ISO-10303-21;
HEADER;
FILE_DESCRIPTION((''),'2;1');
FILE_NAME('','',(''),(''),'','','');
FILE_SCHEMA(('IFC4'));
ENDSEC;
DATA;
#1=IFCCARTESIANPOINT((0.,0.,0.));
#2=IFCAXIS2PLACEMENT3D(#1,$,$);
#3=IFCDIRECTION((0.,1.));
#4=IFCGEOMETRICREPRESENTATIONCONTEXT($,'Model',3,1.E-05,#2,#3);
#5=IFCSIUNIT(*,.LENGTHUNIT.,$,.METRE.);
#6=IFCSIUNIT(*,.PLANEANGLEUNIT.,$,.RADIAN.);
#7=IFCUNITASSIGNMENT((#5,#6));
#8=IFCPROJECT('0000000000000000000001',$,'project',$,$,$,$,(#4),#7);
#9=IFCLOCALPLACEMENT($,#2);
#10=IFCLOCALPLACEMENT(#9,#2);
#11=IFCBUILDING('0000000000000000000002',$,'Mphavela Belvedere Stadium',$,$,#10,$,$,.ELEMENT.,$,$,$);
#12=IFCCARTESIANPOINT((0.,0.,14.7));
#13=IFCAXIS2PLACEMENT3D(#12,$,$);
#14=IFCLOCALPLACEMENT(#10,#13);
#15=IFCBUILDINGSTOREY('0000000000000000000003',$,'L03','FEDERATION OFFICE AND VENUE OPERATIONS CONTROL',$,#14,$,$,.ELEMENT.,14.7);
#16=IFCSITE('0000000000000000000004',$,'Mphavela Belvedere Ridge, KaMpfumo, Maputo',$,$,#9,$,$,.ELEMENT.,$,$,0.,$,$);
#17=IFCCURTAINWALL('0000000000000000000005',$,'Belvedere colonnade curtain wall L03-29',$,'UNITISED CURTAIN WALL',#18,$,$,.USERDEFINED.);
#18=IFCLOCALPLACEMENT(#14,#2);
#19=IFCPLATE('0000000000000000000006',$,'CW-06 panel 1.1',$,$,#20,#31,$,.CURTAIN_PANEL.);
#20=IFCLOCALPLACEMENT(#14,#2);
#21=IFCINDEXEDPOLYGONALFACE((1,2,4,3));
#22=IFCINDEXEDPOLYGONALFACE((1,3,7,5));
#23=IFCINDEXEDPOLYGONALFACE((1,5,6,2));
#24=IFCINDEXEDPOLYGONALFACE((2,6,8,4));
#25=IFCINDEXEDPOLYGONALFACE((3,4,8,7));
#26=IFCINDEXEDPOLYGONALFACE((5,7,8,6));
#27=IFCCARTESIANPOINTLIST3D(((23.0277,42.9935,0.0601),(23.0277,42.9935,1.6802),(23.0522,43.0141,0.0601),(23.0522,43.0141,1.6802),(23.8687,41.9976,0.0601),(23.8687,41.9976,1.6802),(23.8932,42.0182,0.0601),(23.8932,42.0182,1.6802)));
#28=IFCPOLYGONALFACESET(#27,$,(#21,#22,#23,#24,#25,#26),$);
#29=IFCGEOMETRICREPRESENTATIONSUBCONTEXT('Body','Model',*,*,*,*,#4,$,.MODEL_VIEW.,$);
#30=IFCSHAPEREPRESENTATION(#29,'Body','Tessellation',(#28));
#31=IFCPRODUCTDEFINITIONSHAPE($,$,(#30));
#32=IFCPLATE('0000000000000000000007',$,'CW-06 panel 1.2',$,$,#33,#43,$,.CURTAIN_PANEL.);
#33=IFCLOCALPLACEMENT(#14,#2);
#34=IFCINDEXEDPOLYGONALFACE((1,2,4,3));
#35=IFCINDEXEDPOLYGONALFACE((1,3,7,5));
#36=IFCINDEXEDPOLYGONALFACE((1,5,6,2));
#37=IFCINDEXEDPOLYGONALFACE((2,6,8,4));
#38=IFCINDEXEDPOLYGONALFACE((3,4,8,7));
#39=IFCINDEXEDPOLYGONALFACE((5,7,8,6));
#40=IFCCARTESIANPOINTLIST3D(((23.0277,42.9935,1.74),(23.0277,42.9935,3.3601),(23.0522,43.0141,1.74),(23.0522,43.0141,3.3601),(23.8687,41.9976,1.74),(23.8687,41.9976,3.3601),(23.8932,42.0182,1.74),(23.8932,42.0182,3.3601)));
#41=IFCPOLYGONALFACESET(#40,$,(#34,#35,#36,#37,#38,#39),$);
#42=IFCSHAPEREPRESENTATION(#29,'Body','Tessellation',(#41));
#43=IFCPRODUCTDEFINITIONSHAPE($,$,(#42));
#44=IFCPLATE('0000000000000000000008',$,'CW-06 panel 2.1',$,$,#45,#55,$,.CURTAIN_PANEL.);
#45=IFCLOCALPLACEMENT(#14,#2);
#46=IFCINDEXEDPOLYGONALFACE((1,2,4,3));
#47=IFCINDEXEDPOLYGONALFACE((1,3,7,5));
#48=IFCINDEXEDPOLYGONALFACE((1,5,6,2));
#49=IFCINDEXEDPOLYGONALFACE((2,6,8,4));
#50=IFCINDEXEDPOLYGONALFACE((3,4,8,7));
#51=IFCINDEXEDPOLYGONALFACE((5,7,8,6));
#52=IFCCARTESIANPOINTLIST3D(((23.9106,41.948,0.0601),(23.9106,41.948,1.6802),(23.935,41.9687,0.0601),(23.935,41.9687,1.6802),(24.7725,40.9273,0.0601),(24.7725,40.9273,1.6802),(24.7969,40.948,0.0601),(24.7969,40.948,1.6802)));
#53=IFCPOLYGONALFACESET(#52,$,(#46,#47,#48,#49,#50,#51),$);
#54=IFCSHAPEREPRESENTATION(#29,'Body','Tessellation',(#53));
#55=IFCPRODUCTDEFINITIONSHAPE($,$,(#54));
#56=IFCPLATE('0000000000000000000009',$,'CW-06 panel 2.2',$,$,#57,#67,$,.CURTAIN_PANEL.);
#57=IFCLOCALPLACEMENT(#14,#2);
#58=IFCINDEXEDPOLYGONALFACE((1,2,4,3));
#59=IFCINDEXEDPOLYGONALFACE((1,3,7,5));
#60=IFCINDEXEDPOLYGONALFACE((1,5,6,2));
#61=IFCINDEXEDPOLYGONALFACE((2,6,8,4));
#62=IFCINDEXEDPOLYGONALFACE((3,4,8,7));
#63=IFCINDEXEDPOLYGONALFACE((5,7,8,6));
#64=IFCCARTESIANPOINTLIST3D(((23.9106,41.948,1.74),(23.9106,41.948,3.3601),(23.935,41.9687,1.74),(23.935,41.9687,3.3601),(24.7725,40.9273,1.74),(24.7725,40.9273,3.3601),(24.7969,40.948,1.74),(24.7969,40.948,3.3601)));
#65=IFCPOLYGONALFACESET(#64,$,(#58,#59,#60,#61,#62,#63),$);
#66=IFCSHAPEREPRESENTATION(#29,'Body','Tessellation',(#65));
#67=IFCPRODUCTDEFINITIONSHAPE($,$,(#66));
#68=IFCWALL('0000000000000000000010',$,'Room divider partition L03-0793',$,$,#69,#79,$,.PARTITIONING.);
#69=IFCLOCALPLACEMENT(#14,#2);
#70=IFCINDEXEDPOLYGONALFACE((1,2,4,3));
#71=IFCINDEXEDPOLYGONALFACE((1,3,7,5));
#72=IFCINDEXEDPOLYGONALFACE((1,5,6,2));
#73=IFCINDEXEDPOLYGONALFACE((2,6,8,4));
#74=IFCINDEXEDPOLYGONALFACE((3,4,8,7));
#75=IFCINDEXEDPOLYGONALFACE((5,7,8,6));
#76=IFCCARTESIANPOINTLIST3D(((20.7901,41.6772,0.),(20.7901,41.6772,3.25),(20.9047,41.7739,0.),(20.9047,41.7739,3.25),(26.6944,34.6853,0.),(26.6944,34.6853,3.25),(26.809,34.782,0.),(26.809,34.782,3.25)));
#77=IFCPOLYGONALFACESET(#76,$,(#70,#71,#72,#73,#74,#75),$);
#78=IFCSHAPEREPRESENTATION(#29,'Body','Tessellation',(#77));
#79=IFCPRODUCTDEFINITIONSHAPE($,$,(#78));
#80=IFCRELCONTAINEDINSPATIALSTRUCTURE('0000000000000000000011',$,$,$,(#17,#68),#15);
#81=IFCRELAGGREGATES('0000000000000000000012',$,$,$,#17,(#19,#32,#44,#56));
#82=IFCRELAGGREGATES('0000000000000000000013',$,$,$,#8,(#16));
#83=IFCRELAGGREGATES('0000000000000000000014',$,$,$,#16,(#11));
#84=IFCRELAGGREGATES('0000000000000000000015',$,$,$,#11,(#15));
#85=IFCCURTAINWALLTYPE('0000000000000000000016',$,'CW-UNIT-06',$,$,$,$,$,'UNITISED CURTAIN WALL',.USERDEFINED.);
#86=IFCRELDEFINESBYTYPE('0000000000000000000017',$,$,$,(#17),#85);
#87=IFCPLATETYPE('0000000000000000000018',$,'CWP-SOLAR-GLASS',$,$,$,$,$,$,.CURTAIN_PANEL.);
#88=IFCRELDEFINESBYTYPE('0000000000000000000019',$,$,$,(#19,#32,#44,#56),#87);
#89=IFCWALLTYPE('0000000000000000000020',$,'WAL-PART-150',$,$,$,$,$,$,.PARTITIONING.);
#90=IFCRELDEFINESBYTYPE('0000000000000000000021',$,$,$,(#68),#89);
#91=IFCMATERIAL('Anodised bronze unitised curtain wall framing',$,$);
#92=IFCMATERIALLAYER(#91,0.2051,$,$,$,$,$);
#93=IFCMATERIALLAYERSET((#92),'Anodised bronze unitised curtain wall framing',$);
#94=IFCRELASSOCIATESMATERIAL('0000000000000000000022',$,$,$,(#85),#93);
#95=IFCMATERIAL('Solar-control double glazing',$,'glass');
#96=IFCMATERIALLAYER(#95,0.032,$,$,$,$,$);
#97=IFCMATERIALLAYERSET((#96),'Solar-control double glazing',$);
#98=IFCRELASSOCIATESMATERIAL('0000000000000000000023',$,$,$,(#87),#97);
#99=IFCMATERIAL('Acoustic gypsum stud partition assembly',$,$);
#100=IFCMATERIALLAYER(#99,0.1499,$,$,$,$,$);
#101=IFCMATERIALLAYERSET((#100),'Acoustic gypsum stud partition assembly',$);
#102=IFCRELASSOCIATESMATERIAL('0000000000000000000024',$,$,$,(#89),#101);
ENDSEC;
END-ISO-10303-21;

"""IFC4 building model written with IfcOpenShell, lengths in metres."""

from ifc_helpers import new_model, si_unit, direction, frame, frame_2d, origin, origin_2d, place, context, subcontext, project, spatial, rectangle, extrude, material, layer, layer_set, type_object, element, aggregate, save


model = new_model("IFC4")

# Units and contexts
model_context = context("Model", 3, precision=1e-05, world=origin(), true_north=direction((0.0, 1.0)))
body_context = subcontext(model_context, "Body", "Model", "MODEL_VIEW")
ifc_project = project(units=[si_unit("LENGTHUNIT", "METRE"), si_unit("PLANEANGLEUNIT", "RADIAN")], contexts=[model_context])

# Site, building, storey
site_placement = place(None, origin())
site = spatial("IfcSite", under=ifc_project, at=site_placement, Name="Mphavela Belvedere Ridge, KaMpfumo, Maputo", CompositionType="ELEMENT", RefElevation=0.0)
building_placement = place(site_placement, origin())
building = spatial("IfcBuilding", under=site, at=building_placement, Name="Mphavela Belvedere Stadium", CompositionType="ELEMENT")
storey_placement = place(building_placement, frame((0.0, 0.0, 14.7)))
storey = spatial("IfcBuildingStorey", under=building, at=storey_placement, Name="L03", Description="FEDERATION OFFICE AND VENUE OPERATIONS CONTROL", CompositionType="ELEMENT", Elevation=14.7)

# Curtain wall, plates
ifc_material_1 = material(Name="Anodised bronze unitised curtain wall framing")
ifc_layer_1 = layer(ifc_material_1, 0.2051)
ifc_layer_set_1 = layer_set([ifc_layer_1], Name="Anodised bronze unitised curtain wall framing")
curtain_wall_type = type_object("IfcCurtainWallType", Name="CW-UNIT-06", ElementType="UNITISED CURTAIN WALL", PredefinedType="USERDEFINED", material=ifc_layer_set_1)
curtain_wall_placement = place(storey_placement, origin())
curtain_wall = element("IfcCurtainWall", 1, at=curtain_wall_placement, inside=storey, type_object=curtain_wall_type, Name="Belvedere colonnade curtain wall L03-29", ObjectType="UNITISED CURTAIN WALL", PredefinedType="USERDEFINED")
ifc_material_2 = material(Name="Solar-control double glazing", Category="glass")
ifc_layer_2 = layer(ifc_material_2, 0.032)
ifc_layer_set_2 = layer_set([ifc_layer_2], Name="Solar-control double glazing")
plate_type = type_object("IfcPlateType", Name="CWP-SOLAR-GLASS", PredefinedType="CURTAIN_PANEL", material=ifc_layer_set_2)
plate_1_placement = place(storey_placement, frame((23.4604, 42.5059, 0.0601), z_axis=(0.0, 0.0, 1.0), x_axis=(0.645179, -0.764031, 0.0)))
plate_1 = element("IfcPlate", 2, at=plate_1_placement, type_object=plate_type, Name="CW-06 panel 1.1", PredefinedType="CURTAIN_PANEL", context=body_context, shape_type="SweptSolid", body=[
    extrude(rectangle(XDim=1.3035, YDim=0.032, at=origin_2d()), origin(), (0.0, 0.0, 1.0), 1.6201),
])
plate_2_placement = place(storey_placement, frame((23.4604, 42.5059, 1.74), z_axis=(0.0, 0.0, 1.0), x_axis=(0.645179, -0.764031, 0.0)))
plate_2 = element("IfcPlate", 3, at=plate_2_placement, type_object=plate_type, Name="CW-06 panel 1.2", PredefinedType="CURTAIN_PANEL", context=body_context, shape_type="SweptSolid", body=[
    extrude(rectangle(XDim=1.3035, YDim=0.032, at=origin_2d()), origin(), (0.0, 0.0, 1.0), 1.6201),
])
plate_3_placement = place(storey_placement, frame((24.3538, 41.448, 0.0601), z_axis=(0.0, 0.0, 1.0), x_axis=(0.645179, -0.764031, 0.0)))
plate_3 = element("IfcPlate", 4, at=plate_3_placement, type_object=plate_type, Name="CW-06 panel 2.1", PredefinedType="CURTAIN_PANEL", context=body_context, shape_type="SweptSolid", body=[
    extrude(rectangle(XDim=1.3359, YDim=0.032, at=origin_2d()), origin(), (0.0, 0.0, 1.0), 1.6201),
])
plate_4_placement = place(storey_placement, frame((24.3538, 41.448, 1.74), z_axis=(0.0, 0.0, 1.0), x_axis=(0.645179, -0.764031, 0.0)))
plate_4 = element("IfcPlate", 5, at=plate_4_placement, type_object=plate_type, Name="CW-06 panel 2.2", PredefinedType="CURTAIN_PANEL", context=body_context, shape_type="SweptSolid", body=[
    extrude(rectangle(XDim=1.3359, YDim=0.032, at=origin_2d()), origin(), (0.0, 0.0, 1.0), 1.6201),
])
aggregate(curtain_wall, [plate_1, plate_2, plate_3, plate_4])

# Wall
ifc_material_3 = material(Name="Acoustic gypsum stud partition assembly")
ifc_layer_3 = layer(ifc_material_3, 0.1499)
ifc_layer_set_3 = layer_set([ifc_layer_3], Name="Acoustic gypsum stud partition assembly")
wall_type = type_object("IfcWallType", Name="WAL-PART-150", PredefinedType="PARTITIONING", material=ifc_layer_set_3)
wall_placement = place(storey_placement, frame((20.8474, 41.7256, 0.0), z_axis=(0.0, 0.0, 1.0), x_axis=(0.64518, -0.764031, 0.0)))
element("IfcWall", 6, at=wall_placement, inside=storey, type_object=wall_type, Name="Room divider partition L03-0793", PredefinedType="PARTITIONING", context=body_context, shape_type="SweptSolid", body=[
    extrude(rectangle(XDim=9.1514, YDim=0.1499, at=frame_2d((4.5757, 0.0))), origin(), (0.0, 0.0, 1.0), 3.25),
])

save(model, "model.ifc")
